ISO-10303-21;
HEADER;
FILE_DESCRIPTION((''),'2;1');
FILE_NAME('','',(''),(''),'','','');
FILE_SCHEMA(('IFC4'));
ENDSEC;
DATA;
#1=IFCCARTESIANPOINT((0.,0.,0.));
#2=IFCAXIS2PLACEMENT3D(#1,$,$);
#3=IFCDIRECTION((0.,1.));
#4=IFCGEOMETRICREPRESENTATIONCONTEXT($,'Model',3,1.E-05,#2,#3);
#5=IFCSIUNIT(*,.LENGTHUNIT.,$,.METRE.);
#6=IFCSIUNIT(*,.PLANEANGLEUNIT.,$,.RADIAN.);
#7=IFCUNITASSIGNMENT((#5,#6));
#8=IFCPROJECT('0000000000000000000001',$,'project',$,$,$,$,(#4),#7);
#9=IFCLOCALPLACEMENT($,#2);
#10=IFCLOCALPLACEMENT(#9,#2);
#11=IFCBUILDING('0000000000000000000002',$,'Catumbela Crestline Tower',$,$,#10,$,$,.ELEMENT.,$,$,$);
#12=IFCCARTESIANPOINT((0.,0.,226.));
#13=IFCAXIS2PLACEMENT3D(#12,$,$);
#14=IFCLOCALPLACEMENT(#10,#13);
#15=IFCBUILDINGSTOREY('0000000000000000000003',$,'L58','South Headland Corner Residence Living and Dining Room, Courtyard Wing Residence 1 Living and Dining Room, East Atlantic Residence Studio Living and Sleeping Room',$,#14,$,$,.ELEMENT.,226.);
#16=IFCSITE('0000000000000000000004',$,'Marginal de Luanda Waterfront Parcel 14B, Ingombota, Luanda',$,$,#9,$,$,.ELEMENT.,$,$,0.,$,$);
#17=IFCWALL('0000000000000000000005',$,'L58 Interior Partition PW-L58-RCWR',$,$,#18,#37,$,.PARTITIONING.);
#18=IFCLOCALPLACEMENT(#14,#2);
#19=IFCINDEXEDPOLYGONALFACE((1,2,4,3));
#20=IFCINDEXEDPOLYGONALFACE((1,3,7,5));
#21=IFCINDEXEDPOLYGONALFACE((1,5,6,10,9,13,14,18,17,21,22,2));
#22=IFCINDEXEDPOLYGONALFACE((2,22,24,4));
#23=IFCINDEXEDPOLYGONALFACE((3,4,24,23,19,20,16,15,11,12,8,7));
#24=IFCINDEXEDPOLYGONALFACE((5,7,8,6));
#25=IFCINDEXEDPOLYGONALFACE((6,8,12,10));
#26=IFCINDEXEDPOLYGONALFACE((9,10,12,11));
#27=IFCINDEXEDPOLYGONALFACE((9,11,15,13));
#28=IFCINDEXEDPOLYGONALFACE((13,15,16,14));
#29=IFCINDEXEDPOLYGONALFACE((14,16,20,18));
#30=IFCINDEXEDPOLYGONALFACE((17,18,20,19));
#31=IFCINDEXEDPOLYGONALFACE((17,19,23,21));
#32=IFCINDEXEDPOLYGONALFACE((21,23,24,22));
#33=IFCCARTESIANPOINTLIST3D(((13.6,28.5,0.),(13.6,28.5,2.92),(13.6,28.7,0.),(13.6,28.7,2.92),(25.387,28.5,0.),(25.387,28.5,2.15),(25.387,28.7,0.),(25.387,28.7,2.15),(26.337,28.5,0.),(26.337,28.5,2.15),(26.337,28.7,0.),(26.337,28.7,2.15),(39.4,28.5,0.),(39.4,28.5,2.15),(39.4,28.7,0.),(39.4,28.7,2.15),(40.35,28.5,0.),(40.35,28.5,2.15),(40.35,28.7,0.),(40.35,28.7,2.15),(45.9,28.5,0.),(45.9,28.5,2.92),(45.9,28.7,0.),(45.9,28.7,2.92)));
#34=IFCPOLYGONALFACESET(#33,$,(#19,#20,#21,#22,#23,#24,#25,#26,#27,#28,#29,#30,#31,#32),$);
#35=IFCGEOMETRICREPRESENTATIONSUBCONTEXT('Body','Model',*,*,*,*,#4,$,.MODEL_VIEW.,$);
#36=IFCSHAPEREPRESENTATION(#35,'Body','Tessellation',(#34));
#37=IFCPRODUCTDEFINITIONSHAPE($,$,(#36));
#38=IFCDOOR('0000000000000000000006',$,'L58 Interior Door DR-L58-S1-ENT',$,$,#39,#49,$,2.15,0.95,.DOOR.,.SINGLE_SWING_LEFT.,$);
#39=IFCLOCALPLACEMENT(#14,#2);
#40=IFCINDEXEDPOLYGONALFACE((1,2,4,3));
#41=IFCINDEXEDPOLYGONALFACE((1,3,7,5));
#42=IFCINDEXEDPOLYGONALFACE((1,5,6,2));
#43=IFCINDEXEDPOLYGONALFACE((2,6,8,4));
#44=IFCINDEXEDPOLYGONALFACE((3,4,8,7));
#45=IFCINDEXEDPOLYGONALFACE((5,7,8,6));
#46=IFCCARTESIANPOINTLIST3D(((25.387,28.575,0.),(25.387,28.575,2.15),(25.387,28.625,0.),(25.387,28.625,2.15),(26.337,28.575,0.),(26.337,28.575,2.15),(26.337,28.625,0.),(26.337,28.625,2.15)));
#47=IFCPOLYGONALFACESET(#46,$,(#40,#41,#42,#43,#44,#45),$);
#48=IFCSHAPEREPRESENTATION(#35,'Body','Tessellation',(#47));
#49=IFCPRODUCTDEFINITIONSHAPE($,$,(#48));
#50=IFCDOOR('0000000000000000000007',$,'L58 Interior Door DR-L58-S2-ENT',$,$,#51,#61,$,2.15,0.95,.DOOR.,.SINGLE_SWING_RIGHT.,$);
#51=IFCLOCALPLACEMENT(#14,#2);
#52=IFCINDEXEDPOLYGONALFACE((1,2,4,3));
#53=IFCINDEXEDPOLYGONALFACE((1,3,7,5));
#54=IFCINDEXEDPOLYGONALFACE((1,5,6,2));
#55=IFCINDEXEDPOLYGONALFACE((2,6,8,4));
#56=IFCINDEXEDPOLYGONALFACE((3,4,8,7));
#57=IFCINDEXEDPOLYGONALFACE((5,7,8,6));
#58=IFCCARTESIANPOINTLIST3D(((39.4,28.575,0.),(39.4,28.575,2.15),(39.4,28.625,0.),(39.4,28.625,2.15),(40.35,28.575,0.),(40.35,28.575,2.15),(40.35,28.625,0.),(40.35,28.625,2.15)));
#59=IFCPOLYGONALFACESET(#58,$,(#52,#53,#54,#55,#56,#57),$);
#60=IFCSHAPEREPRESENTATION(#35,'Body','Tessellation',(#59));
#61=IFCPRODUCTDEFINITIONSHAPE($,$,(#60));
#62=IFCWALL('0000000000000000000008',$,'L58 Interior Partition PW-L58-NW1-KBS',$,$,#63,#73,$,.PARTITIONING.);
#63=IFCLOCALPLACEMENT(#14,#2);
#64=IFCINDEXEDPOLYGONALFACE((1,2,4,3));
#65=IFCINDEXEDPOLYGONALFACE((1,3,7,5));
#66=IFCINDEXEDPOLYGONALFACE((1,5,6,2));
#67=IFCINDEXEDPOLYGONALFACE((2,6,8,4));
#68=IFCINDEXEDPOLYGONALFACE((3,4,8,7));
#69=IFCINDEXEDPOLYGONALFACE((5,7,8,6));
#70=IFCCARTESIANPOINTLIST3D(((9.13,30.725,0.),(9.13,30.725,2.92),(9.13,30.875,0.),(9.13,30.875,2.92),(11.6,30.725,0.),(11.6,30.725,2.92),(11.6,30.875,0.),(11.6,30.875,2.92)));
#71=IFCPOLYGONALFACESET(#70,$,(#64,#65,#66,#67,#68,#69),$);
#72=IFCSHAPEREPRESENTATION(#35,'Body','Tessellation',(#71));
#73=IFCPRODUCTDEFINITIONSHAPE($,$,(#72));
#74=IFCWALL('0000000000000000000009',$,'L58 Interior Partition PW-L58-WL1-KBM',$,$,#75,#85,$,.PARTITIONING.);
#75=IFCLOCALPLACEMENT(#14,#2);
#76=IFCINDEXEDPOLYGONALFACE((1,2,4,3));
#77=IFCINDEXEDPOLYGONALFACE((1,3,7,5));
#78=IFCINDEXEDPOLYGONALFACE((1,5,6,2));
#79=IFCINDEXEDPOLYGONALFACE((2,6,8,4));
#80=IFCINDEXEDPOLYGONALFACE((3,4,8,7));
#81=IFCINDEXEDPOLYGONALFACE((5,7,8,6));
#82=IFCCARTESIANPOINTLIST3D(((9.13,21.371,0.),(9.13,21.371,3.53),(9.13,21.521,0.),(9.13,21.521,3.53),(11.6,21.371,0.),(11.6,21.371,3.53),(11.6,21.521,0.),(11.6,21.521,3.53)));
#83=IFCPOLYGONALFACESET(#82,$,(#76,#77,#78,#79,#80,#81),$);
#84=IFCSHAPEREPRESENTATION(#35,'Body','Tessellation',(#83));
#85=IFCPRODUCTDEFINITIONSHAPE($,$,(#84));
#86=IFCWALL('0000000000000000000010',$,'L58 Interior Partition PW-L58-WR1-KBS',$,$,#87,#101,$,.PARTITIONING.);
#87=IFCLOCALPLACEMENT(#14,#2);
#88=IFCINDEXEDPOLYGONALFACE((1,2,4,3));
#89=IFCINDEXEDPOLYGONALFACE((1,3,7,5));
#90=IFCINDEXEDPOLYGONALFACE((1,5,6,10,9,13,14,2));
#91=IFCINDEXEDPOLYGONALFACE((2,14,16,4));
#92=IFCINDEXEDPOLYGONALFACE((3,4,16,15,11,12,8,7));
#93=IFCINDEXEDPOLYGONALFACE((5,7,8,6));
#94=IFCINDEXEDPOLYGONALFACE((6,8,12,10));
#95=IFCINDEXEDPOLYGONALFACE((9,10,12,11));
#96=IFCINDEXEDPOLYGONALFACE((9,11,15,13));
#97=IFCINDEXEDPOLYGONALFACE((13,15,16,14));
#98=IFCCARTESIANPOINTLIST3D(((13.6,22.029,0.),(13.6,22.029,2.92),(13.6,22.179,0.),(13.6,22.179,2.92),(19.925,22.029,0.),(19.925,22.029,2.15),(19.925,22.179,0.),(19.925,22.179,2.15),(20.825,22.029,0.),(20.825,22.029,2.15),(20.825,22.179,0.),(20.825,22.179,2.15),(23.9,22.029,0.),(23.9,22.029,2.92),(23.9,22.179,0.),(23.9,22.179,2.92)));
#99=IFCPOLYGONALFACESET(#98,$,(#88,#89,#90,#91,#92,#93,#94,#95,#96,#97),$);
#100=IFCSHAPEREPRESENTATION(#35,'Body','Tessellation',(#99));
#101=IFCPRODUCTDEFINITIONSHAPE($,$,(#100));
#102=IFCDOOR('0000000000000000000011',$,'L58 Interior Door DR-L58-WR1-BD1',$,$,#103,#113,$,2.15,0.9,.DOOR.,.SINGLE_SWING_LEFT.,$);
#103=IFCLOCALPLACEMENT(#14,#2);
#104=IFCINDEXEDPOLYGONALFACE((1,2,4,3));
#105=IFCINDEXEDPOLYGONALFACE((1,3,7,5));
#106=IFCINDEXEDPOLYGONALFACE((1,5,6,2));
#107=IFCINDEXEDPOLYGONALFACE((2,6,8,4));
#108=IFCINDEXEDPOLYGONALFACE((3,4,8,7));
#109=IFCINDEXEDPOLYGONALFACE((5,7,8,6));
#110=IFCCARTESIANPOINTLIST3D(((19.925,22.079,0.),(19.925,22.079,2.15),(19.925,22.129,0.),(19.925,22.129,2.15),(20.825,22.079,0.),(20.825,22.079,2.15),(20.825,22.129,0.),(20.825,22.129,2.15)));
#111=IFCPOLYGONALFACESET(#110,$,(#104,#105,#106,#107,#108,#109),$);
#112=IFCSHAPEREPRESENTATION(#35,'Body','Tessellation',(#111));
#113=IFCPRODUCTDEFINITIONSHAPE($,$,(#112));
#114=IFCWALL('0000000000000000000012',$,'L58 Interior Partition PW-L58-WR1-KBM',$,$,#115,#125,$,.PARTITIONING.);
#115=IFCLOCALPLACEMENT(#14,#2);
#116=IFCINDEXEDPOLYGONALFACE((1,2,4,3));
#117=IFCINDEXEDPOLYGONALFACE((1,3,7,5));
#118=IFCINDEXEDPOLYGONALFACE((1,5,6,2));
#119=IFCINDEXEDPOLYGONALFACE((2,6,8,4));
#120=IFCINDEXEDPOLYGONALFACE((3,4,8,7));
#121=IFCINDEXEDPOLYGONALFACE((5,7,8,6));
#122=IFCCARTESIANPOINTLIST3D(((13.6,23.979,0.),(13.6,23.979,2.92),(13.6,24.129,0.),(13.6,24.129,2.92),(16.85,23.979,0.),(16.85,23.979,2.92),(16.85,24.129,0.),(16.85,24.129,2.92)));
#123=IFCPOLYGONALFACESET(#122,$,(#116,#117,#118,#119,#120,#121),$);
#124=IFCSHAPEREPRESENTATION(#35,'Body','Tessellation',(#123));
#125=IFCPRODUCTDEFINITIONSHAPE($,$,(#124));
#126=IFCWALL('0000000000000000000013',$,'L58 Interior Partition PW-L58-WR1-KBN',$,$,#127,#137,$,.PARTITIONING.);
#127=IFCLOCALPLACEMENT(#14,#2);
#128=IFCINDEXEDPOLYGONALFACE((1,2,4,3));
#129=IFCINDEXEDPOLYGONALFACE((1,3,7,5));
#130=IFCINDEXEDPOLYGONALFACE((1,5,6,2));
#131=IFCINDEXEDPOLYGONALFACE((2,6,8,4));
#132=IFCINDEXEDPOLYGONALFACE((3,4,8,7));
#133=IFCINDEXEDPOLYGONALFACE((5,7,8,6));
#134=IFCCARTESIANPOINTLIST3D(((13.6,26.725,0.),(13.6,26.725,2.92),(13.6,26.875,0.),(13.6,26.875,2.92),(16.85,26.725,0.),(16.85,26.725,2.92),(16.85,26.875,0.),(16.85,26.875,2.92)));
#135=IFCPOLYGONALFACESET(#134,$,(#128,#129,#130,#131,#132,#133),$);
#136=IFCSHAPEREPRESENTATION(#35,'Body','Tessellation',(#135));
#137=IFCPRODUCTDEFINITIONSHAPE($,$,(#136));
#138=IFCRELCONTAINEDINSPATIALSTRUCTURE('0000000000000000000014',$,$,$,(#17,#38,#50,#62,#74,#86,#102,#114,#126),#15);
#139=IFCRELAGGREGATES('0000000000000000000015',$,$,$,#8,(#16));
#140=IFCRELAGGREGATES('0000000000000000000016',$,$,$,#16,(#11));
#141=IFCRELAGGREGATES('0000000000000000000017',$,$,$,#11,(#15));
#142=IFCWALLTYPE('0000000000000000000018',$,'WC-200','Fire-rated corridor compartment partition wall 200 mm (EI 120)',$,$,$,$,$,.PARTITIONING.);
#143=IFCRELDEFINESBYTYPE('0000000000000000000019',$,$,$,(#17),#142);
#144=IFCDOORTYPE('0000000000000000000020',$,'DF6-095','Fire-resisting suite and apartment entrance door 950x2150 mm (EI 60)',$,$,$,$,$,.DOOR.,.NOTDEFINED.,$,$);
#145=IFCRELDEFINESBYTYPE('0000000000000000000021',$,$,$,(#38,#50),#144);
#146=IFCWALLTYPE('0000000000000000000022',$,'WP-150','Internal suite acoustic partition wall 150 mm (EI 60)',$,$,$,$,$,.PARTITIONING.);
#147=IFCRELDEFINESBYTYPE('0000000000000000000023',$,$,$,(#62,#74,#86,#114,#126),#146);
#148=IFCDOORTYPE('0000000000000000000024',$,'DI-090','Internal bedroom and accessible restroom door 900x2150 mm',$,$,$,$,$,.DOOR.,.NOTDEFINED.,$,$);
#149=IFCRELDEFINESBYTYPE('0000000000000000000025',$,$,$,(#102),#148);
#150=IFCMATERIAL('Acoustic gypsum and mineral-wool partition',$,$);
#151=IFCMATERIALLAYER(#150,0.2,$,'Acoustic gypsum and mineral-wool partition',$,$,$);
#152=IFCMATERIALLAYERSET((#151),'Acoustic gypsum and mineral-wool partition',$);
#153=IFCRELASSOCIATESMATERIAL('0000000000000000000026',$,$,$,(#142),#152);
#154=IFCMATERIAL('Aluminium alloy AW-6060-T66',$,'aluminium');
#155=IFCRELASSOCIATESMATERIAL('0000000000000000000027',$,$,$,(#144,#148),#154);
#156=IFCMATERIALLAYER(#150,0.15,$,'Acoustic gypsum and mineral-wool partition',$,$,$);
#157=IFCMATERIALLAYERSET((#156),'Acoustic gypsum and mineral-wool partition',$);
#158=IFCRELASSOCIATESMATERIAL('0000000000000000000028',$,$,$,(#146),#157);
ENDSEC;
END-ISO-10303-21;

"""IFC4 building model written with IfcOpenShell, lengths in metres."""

from ifc_helpers import new_model, si_unit, direction, frame, frame_2d, origin, place, context, subcontext, project, spatial, rectangle, extrude, material, layer, layer_set, type_object, element, fill, save


model = new_model("IFC4")

# Units and contexts
model_context = context("Model", 3, precision=1e-05, world=origin(), true_north=direction((0.0, 1.0)))
body_context = subcontext(model_context, "Body", "Model", "MODEL_VIEW")
ifc_project = project(units=[si_unit("LENGTHUNIT", "METRE"), si_unit("PLANEANGLEUNIT", "RADIAN")], contexts=[model_context])

# Site, building, storey
site_placement = place(None, origin())
site = spatial("IfcSite", under=ifc_project, at=site_placement, Name="Marginal de Luanda Waterfront Parcel 14B, Ingombota, Luanda", CompositionType="ELEMENT", RefElevation=0.0)
building_placement = place(site_placement, origin())
building = spatial("IfcBuilding", under=site, at=building_placement, Name="Catumbela Crestline Tower", CompositionType="ELEMENT")
storey_placement = place(building_placement, frame((0.0, 0.0, 226.0)))
storey = spatial("IfcBuildingStorey", under=building, at=storey_placement, Name="L58", Description="South Headland Corner Residence Living and Dining Room, Courtyard Wing Residence 1 Living and Dining Room, East Atlantic Residence Studio Living and Sleeping Room", CompositionType="ELEMENT", Elevation=226.0)

# Wall, openings, doors
ifc_material_1 = material(Name="Acoustic gypsum and mineral-wool partition")
ifc_layer_1 = layer(ifc_material_1, 0.2, Name="Acoustic gypsum and mineral-wool partition")
ifc_layer_set_1 = layer_set([ifc_layer_1], Name="Acoustic gypsum and mineral-wool partition")
wall_type_1 = type_object("IfcWallType", Name="WC-200", Description="Fire-rated corridor compartment partition wall 200 mm (EI 120)", PredefinedType="PARTITIONING", material=ifc_layer_set_1)
wall_1_placement = place(storey_placement, frame((13.6, 28.6, 0.0), z_axis=(0.0, 0.0, 1.0), x_axis=(1.0, 0.0, 0.0)))
wall_1 = element("IfcWall", 1, at=wall_1_placement, inside=storey, type_object=wall_type_1, Name="L58 Interior Partition PW-L58-RCWR", PredefinedType="PARTITIONING", context=body_context, shape_type="SweptSolid", body=[
    extrude(rectangle(XDim=32.3, YDim=0.2, at=frame_2d((16.15, 0.0))), origin(), (0.0, 0.0, 1.0), 2.92),
])
opening_1_placement = place(wall_1_placement, frame((11.787, 0.0, 0.0)))
opening_1 = element("IfcOpeningElement", 2, at=opening_1_placement, cuts=wall_1, PredefinedType="OPENING", context=body_context, shape_type="SweptSolid", body=[
    extrude(rectangle(XDim=0.95, YDim=2.15, at=frame_2d((0.475, 1.075))), frame((0.0, 0.11, 0.0), z_axis=(0.0, -1.0, 0.0), x_axis=(1.0, 0.0, 0.0)), (0.0, 0.0, 1.0), 0.22),
])
opening_2_placement = place(wall_1_placement, frame((25.8, 0.0, 0.0)))
opening_2 = element("IfcOpeningElement", 3, at=opening_2_placement, cuts=wall_1, PredefinedType="OPENING", context=body_context, shape_type="SweptSolid", body=[
    extrude(rectangle(XDim=0.95, YDim=2.15, at=frame_2d((0.475, 1.075))), frame((0.0, 0.11, 0.0), z_axis=(0.0, -1.0, 0.0), x_axis=(1.0, 0.0, 0.0)), (0.0, 0.0, 1.0), 0.22),
])
ifc_material_2 = material(Name="Aluminium alloy AW-6060-T66", Category="aluminium")
door_type_1 = type_object("IfcDoorType", Name="DF6-095", Description="Fire-resisting suite and apartment entrance door 950x2150 mm (EI 60)", OperationType="NOTDEFINED", PredefinedType="DOOR", material=ifc_material_2)
door_1_placement = place(opening_1_placement, origin())
door_1 = element("IfcDoor", 4, at=door_1_placement, inside=storey, type_object=door_type_1, Name="L58 Interior Door DR-L58-S1-ENT", OperationType="SINGLE_SWING_LEFT", OverallHeight=2.15, OverallWidth=0.95, PredefinedType="DOOR", context=body_context, shape_type="SweptSolid", body=[
    extrude(rectangle(XDim=0.95, YDim=2.15, at=frame_2d((0.475, 1.075))), frame((0.0, 0.025, 0.0), z_axis=(0.0, -1.0, 0.0), x_axis=(1.0, 0.0, 0.0)), (0.0, 0.0, 1.0), 0.05),
])
fill(opening_1, door_1)
door_2_placement = place(opening_2_placement, origin())
door_2 = element("IfcDoor", 5, at=door_2_placement, inside=storey, type_object=door_type_1, Name="L58 Interior Door DR-L58-S2-ENT", OperationType="SINGLE_SWING_RIGHT", OverallHeight=2.15, OverallWidth=0.95, PredefinedType="DOOR", context=body_context, shape_type="SweptSolid", body=[
    extrude(rectangle(XDim=0.95, YDim=2.15, at=frame_2d((0.475, 1.075))), frame((0.0, 0.025, 0.0), z_axis=(0.0, -1.0, 0.0), x_axis=(1.0, 0.0, 0.0)), (0.0, 0.0, 1.0), 0.05),
])
fill(opening_2, door_2)

# Walls
ifc_layer_2 = layer(ifc_material_1, 0.15, Name="Acoustic gypsum and mineral-wool partition")
ifc_layer_set_2 = layer_set([ifc_layer_2], Name="Acoustic gypsum and mineral-wool partition")
wall_type_2 = type_object("IfcWallType", Name="WP-150", Description="Internal suite acoustic partition wall 150 mm (EI 60)", PredefinedType="PARTITIONING", material=ifc_layer_set_2)
wall_2_placement = place(storey_placement, frame((9.13, 30.8, 0.0), z_axis=(0.0, 0.0, 1.0), x_axis=(1.0, 0.0, 0.0)))
element("IfcWall", 6, at=wall_2_placement, inside=storey, type_object=wall_type_2, Name="L58 Interior Partition PW-L58-NW1-KBS", PredefinedType="PARTITIONING", context=body_context, shape_type="SweptSolid", body=[
    extrude(rectangle(XDim=2.47, YDim=0.15, at=frame_2d((1.235, 0.0))), origin(), (0.0, 0.0, 1.0), 2.92),
])
wall_3_placement = place(storey_placement, frame((9.13, 21.446, 0.0), z_axis=(0.0, 0.0, 1.0), x_axis=(1.0, 0.0, 0.0)))
element("IfcWall", 7, at=wall_3_placement, inside=storey, type_object=wall_type_2, Name="L58 Interior Partition PW-L58-WL1-KBM", PredefinedType="PARTITIONING", context=body_context, shape_type="SweptSolid", body=[
    extrude(rectangle(XDim=2.47, YDim=0.15, at=frame_2d((1.235, 0.0))), origin(), (0.0, 0.0, 1.0), 3.53),
])

# Wall, opening, door
wall_4_placement = place(storey_placement, frame((13.6, 22.104, 0.0), z_axis=(0.0, 0.0, 1.0), x_axis=(1.0, 0.0, 0.0)))
wall_4 = element("IfcWall", 8, at=wall_4_placement, inside=storey, type_object=wall_type_2, Name="L58 Interior Partition PW-L58-WR1-KBS", PredefinedType="PARTITIONING", context=body_context, shape_type="SweptSolid", body=[
    extrude(rectangle(XDim=10.3, YDim=0.15, at=frame_2d((5.15, 0.0))), origin(), (0.0, 0.0, 1.0), 2.92),
])
opening_3_placement = place(wall_4_placement, frame((6.325, 0.0, 0.0)))
opening_3 = element("IfcOpeningElement", 9, at=opening_3_placement, cuts=wall_4, PredefinedType="OPENING", context=body_context, shape_type="SweptSolid", body=[
    extrude(rectangle(XDim=0.9, YDim=2.15, at=frame_2d((0.45, 1.075))), frame((0.0, 0.085, 0.0), z_axis=(0.0, -1.0, 0.0), x_axis=(1.0, 0.0, 0.0)), (0.0, 0.0, 1.0), 0.17),
])
door_type_2 = type_object("IfcDoorType", Name="DI-090", Description="Internal bedroom and accessible restroom door 900x2150 mm", OperationType="NOTDEFINED", PredefinedType="DOOR", material=ifc_material_2)
door_3_placement = place(opening_3_placement, origin())
door_3 = element("IfcDoor", 10, at=door_3_placement, inside=storey, type_object=door_type_2, Name="L58 Interior Door DR-L58-WR1-BD1", OperationType="SINGLE_SWING_LEFT", OverallHeight=2.15, OverallWidth=0.9, PredefinedType="DOOR", context=body_context, shape_type="SweptSolid", body=[
    extrude(rectangle(XDim=0.9, YDim=2.15, at=frame_2d((0.45, 1.075))), frame((0.0, 0.025, 0.0), z_axis=(0.0, -1.0, 0.0), x_axis=(1.0, 0.0, 0.0)), (0.0, 0.0, 1.0), 0.05),
])
fill(opening_3, door_3)

# Walls
for number, where, z_axis, x_axis, name in (
    (11, (13.6, 24.054, 0.0), (0.0, 0.0, 1.0), (1.0, 0.0, 0.0), "L58 Interior Partition PW-L58-WR1-KBM"),
    (12, (13.6, 26.8, 0.0), (0.0, 0.0, 1.0), (1.0, 0.0, 0.0), "L58 Interior Partition PW-L58-WR1-KBN"),
):
    element("IfcWall", number, at=place(storey_placement, frame(where, z_axis=z_axis, x_axis=x_axis)), inside=storey, type_object=wall_type_2, Name=name, PredefinedType="PARTITIONING", context=body_context, shape_type="SweptSolid", body=[
        extrude(rectangle(XDim=3.25, YDim=0.15, at=frame_2d((1.625, 0.0))), origin(), (0.0, 0.0, 1.0), 2.92),
    ])

save(model, "model.ifc")
